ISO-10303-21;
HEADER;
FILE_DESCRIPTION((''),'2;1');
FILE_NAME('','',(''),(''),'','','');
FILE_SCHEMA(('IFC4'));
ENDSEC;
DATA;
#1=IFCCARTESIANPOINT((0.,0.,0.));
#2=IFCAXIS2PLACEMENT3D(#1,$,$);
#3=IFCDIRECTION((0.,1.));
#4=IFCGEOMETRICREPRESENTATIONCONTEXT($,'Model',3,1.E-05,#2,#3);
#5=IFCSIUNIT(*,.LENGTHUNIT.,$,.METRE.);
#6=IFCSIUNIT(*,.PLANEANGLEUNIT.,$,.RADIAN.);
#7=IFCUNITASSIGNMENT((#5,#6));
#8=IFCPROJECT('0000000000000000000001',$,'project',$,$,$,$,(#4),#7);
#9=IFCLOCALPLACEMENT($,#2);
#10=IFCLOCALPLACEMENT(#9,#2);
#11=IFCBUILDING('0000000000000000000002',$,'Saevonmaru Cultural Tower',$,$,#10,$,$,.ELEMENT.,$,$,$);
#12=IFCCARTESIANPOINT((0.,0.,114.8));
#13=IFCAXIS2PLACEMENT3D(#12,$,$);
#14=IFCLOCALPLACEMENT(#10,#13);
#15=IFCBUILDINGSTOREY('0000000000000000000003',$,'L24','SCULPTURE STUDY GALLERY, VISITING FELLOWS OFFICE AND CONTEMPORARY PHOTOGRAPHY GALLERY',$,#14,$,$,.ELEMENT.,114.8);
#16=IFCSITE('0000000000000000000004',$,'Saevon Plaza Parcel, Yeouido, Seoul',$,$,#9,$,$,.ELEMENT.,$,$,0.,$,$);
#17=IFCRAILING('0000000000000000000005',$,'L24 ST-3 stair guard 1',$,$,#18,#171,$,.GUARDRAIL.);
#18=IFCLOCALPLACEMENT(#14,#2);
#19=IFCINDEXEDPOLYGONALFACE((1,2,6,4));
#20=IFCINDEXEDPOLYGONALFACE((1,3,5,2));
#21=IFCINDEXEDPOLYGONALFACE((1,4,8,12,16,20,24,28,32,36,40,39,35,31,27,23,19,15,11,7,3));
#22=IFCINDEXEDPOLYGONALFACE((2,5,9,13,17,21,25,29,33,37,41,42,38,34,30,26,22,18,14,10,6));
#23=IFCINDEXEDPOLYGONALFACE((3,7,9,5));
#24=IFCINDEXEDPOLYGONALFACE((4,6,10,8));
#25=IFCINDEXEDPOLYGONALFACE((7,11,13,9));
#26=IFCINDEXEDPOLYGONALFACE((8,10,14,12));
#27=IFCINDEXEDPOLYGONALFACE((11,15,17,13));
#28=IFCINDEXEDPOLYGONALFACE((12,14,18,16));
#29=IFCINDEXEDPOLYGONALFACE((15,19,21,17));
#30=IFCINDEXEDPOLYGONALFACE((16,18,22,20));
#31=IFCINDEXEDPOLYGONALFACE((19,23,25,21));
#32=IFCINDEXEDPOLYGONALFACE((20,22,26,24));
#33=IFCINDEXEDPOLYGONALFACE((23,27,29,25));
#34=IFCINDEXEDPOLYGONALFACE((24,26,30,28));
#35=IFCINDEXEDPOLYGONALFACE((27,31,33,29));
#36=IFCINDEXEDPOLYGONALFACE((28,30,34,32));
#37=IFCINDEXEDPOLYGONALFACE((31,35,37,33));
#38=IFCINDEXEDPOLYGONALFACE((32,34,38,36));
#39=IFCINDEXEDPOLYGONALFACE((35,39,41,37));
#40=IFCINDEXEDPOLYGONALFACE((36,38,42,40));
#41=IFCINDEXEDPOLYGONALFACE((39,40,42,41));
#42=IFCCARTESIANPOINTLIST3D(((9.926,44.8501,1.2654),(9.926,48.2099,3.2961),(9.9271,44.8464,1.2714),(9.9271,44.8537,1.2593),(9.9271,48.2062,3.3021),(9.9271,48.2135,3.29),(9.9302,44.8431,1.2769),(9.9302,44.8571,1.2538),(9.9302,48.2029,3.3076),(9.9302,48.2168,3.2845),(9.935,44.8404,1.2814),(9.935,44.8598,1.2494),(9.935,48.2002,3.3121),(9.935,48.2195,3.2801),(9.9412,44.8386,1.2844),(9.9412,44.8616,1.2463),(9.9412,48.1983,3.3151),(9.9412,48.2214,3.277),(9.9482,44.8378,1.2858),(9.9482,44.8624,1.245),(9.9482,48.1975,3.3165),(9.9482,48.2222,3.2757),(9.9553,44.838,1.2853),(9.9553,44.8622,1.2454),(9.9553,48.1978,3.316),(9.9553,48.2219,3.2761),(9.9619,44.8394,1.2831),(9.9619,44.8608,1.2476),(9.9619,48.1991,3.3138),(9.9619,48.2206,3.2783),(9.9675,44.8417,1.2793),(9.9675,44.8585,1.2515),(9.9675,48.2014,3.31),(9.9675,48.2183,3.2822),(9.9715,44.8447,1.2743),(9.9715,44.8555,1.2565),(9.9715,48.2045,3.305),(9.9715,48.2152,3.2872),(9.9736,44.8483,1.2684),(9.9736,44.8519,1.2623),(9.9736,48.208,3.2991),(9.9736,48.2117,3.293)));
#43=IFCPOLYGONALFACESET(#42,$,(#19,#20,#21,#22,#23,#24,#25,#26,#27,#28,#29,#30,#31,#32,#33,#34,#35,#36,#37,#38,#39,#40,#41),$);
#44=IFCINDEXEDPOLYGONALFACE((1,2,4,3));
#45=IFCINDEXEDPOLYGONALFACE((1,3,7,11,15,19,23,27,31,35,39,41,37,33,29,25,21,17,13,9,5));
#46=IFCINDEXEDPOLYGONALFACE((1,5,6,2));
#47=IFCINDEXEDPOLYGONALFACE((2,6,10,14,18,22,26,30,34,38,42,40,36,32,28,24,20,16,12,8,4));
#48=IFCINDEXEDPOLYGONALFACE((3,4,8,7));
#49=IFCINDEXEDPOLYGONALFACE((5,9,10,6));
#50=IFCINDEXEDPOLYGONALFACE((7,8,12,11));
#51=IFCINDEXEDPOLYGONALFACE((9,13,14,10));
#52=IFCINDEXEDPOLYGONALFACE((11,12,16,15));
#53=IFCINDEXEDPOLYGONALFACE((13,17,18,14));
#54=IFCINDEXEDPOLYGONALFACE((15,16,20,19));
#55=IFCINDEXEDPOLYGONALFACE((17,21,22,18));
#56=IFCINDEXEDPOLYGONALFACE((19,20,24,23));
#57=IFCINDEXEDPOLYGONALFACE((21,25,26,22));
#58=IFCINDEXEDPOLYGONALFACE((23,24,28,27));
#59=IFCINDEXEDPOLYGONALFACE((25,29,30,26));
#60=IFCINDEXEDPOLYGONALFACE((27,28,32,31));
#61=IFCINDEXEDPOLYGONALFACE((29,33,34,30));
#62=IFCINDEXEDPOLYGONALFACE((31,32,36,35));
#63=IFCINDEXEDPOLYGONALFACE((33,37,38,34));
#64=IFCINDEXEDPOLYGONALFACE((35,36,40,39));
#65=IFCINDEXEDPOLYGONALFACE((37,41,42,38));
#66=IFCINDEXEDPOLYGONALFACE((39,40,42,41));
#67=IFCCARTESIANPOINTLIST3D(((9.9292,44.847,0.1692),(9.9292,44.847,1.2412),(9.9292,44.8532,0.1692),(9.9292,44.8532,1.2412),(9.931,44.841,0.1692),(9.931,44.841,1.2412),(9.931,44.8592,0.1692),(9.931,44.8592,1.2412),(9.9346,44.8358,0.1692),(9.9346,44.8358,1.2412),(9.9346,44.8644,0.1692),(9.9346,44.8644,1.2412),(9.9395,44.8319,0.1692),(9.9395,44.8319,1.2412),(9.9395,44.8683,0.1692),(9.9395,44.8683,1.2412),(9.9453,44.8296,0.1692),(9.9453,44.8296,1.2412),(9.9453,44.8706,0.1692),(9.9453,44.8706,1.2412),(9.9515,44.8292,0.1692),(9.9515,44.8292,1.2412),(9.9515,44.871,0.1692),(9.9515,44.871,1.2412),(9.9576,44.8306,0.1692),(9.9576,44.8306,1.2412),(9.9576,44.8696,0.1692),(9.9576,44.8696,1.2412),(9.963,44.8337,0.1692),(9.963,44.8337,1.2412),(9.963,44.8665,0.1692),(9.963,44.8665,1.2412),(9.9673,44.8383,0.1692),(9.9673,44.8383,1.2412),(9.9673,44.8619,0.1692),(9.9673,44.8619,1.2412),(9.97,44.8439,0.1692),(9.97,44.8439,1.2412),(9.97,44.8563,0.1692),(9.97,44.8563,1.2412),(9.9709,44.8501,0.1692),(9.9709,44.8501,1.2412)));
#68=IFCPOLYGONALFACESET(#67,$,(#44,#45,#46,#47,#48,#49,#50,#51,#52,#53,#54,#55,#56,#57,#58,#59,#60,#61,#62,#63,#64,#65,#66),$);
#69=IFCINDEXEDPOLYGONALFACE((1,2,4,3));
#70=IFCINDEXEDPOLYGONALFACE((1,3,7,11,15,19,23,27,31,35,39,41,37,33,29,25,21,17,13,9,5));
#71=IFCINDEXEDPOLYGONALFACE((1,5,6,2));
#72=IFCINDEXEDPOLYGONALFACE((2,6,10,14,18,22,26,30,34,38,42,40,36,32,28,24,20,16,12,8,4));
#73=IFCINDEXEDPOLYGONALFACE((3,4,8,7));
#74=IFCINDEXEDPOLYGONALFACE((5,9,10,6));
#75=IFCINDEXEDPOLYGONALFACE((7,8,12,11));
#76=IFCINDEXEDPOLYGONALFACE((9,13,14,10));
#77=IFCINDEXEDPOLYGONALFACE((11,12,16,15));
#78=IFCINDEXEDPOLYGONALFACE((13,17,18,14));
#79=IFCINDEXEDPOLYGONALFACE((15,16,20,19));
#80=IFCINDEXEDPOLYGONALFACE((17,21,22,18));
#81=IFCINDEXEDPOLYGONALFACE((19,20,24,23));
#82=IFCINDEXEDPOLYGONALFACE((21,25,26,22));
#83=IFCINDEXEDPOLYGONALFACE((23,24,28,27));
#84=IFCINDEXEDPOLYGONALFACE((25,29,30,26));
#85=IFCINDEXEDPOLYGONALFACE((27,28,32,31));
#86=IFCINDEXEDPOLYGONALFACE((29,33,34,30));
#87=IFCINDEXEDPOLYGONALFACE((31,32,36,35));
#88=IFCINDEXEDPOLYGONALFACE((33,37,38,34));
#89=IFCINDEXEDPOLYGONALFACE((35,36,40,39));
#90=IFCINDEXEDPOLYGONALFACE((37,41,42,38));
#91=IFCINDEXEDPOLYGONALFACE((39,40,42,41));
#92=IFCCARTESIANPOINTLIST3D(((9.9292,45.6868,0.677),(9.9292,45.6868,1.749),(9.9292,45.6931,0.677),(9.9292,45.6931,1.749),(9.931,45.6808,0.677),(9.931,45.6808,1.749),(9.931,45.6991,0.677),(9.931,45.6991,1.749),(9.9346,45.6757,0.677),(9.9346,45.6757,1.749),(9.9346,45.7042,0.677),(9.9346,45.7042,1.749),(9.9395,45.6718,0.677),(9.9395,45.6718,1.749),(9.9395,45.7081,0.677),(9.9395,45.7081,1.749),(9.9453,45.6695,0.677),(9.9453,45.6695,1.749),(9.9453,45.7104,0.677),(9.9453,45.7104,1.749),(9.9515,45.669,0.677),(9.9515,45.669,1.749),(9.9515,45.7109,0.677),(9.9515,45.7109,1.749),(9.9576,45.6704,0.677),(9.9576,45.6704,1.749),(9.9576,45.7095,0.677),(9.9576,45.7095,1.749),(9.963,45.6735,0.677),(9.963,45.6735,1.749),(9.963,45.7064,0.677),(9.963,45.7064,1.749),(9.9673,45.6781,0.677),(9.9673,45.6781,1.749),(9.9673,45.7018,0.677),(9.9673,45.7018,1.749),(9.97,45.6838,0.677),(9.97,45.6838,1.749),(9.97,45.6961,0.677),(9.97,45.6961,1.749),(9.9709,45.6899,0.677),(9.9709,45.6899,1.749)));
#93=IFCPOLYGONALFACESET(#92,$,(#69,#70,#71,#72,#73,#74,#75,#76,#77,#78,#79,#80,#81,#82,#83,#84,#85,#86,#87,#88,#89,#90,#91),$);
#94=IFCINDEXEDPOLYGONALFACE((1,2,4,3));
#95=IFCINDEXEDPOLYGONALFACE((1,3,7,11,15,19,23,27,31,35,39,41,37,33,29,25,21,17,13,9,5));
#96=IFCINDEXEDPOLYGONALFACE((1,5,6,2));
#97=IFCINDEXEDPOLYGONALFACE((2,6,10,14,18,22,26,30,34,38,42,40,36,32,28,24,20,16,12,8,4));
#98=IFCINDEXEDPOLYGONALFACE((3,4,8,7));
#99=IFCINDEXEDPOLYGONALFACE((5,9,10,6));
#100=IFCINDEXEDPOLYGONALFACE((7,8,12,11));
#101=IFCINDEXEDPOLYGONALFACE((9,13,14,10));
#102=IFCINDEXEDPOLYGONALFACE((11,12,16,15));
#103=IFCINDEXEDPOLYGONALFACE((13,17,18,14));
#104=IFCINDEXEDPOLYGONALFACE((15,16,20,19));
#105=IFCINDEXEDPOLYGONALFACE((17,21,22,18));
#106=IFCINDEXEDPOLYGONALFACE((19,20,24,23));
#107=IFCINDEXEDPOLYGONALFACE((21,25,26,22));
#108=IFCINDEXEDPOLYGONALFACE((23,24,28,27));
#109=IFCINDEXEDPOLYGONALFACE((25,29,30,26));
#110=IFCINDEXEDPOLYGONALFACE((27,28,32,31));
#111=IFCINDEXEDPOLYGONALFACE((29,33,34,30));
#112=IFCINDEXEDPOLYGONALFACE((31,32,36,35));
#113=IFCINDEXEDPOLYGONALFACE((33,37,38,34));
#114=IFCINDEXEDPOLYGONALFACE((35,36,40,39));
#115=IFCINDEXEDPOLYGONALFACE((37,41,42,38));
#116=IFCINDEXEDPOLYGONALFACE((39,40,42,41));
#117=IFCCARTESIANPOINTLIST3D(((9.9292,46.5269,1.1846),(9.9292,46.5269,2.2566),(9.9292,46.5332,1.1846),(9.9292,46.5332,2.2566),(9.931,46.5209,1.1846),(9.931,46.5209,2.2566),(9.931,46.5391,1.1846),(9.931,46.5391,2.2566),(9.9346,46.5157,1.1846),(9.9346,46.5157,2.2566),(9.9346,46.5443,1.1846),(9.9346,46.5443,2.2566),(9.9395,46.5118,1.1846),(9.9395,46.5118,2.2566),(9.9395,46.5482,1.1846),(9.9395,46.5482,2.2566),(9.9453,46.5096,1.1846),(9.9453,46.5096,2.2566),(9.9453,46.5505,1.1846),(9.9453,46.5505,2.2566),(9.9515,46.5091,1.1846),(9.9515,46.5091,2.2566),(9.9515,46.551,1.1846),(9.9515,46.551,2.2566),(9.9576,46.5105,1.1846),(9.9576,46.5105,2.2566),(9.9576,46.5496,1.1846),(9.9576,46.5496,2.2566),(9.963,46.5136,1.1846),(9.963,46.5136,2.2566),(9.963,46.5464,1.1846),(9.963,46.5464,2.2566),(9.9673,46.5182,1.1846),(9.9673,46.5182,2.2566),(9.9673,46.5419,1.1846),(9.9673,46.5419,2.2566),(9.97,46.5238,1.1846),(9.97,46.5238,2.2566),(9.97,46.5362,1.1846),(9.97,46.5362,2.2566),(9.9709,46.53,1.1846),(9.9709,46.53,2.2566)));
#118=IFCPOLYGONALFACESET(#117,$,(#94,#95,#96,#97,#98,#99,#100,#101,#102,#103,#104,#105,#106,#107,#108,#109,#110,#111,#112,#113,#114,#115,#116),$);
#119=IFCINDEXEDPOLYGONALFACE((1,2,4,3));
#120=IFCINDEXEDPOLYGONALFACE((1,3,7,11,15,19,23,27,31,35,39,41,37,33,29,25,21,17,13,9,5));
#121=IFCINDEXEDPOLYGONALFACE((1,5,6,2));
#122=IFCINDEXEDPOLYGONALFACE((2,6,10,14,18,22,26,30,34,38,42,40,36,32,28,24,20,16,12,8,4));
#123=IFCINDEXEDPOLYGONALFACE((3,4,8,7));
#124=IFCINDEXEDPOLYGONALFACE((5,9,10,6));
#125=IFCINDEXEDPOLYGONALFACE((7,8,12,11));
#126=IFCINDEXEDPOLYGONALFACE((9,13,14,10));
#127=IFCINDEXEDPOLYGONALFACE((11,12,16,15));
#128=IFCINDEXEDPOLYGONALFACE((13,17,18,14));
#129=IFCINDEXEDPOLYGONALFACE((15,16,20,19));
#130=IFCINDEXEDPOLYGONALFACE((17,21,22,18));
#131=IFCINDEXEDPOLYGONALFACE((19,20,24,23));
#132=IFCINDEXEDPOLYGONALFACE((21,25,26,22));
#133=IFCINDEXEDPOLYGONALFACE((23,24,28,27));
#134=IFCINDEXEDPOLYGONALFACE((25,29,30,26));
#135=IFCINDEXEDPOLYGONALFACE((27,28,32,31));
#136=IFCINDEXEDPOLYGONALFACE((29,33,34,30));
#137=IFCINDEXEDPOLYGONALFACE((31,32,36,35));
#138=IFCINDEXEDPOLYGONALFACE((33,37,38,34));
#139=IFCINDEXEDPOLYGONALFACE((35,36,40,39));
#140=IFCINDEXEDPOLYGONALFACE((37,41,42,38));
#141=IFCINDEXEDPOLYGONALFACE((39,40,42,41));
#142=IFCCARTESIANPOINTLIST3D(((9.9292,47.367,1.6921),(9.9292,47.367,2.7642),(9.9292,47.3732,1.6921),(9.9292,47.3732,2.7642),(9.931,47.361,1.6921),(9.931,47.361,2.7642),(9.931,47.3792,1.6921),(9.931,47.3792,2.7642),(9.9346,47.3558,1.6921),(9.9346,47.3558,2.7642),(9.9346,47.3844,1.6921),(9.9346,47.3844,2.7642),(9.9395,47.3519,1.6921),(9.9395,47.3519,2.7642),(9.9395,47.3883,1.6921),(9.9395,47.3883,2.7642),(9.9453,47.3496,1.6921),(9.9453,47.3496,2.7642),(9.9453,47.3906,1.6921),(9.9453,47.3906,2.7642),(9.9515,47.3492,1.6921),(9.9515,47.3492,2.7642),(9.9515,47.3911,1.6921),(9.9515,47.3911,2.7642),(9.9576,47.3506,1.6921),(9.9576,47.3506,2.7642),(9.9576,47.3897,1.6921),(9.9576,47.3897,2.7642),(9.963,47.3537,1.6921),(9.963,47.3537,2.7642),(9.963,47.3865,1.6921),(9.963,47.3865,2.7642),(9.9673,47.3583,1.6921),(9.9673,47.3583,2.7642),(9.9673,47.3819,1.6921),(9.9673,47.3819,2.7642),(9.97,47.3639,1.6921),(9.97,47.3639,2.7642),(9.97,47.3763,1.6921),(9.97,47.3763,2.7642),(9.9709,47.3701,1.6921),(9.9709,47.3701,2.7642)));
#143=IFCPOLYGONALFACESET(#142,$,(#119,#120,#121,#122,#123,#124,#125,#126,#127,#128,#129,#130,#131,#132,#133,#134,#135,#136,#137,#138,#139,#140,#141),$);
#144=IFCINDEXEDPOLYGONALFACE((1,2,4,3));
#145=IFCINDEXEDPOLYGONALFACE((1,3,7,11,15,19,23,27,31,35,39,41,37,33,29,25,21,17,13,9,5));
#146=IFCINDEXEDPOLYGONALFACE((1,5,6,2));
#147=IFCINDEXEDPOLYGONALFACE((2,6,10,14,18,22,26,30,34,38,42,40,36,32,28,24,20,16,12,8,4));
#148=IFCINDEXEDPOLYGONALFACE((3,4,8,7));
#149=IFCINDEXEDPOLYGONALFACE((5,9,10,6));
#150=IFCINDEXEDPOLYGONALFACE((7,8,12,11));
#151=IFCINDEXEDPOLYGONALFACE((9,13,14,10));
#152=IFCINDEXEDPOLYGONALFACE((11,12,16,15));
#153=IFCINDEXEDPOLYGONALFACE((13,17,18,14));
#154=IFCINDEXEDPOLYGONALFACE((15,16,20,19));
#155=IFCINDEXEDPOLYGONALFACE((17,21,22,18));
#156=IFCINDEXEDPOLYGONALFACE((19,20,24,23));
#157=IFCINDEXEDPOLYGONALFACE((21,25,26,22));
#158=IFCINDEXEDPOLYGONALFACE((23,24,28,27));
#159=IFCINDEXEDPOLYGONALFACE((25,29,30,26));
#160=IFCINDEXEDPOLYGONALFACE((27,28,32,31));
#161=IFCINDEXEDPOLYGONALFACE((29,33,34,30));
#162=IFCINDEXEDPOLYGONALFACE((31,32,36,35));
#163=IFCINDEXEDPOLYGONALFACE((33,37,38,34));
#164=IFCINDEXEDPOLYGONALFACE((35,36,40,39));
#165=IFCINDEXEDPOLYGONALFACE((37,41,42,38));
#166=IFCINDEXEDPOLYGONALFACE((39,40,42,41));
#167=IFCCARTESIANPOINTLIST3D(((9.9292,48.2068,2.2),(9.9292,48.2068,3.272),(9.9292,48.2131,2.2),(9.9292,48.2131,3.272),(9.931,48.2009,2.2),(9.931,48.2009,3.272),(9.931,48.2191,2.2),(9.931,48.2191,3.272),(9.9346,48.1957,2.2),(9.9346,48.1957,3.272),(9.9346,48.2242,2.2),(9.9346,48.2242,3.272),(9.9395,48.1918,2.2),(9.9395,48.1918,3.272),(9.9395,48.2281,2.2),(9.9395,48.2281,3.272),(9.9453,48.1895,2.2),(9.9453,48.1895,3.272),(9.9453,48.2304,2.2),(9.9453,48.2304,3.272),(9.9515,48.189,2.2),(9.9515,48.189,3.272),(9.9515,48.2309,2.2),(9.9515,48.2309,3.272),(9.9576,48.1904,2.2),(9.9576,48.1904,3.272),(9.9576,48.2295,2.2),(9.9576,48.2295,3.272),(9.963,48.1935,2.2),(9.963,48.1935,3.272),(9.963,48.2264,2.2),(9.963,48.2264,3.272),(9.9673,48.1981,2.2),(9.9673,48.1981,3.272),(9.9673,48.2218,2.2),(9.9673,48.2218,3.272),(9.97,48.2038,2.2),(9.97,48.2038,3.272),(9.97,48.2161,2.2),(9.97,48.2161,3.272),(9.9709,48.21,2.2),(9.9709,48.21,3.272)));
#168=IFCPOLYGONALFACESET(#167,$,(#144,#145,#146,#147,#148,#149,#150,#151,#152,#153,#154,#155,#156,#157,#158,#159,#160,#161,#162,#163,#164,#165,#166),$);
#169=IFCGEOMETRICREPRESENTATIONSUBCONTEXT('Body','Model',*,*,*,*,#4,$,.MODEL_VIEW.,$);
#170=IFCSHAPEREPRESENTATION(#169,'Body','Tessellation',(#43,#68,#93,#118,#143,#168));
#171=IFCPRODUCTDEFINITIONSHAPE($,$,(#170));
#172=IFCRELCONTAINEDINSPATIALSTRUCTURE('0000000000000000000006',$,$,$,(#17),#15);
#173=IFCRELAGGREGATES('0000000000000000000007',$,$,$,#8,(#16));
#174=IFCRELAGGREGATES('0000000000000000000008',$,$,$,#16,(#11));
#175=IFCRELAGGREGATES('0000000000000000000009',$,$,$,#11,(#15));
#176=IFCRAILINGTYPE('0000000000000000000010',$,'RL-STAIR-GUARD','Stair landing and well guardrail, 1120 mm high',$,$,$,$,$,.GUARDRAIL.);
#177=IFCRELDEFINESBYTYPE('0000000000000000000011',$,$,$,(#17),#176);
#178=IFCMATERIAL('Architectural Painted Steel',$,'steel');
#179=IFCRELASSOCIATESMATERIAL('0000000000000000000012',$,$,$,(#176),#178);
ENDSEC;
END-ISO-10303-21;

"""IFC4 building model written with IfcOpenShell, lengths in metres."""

from ifc_helpers import new_model, si_unit, direction, frame, origin, origin_2d, place, context, subcontext, project, spatial, circle, extrude, material, type_object, element, save


model = new_model("IFC4")

# Units and contexts
model_context = context("Model", 3, precision=1e-05, world=origin(), true_north=direction((0.0, 1.0)))
body_context = subcontext(model_context, "Body", "Model", "MODEL_VIEW")
ifc_project = project(units=[si_unit("LENGTHUNIT", "METRE"), si_unit("PLANEANGLEUNIT", "RADIAN")], contexts=[model_context])

# Site, building, storey
site_placement = place(None, origin())
site = spatial("IfcSite", under=ifc_project, at=site_placement, Name="Saevon Plaza Parcel, Yeouido, Seoul", CompositionType="ELEMENT", RefElevation=0.0)
building_placement = place(site_placement, origin())
building = spatial("IfcBuilding", under=site, at=building_placement, Name="Saevonmaru Cultural Tower", CompositionType="ELEMENT")
storey_placement = place(building_placement, frame((0.0, 0.0, 114.8)))
storey = spatial("IfcBuildingStorey", under=building, at=storey_placement, Name="L24", Description="SCULPTURE STUDY GALLERY, VISITING FELLOWS OFFICE AND CONTEMPORARY PHOTOGRAPHY GALLERY", CompositionType="ELEMENT", Elevation=114.8)

# Railing
ifc_material_1 = material(Name="Architectural Painted Steel", Category="steel")
railing_type_1 = type_object("IfcRailingType", Name="RL-STAIR-GUARD", Description="Stair landing and well guardrail, 1120 mm high", PredefinedType="GUARDRAIL", material=ifc_material_1)
railing_1_placement = place(storey_placement, frame((9.95, 44.8501, 0.1692)))
element("IfcRailing", 1, at=railing_1_placement, inside=storey, type_object=railing_type_1, Name="L24 ST-3 stair guard 1", PredefinedType="GUARDRAIL", context=body_context, shape_type="SweptSolid", body=[
    extrude(circle(Radius=0.0239, at=origin_2d()), frame((0.0, 0.0, 1.0962), z_axis=(0.0, 0.85582, 0.517273), x_axis=(-1.0, 0.0, 0.0)), (0.0, 0.0, 1.0), 3.9258),
    extrude(circle(Radius=0.021, at=origin_2d()), origin(), (0.0, 0.0, 1.0), 1.072),
    extrude(circle(Radius=0.021, at=origin_2d()), frame((0.0, 0.8398, 0.5078)), (0.0, 0.0, 1.0), 1.072),
    extrude(circle(Radius=0.021, at=origin_2d()), frame((0.0, 1.6799, 1.0154)), (0.0, 0.0, 1.0), 1.072),
    extrude(circle(Radius=0.021, at=origin_2d()), frame((0.0, 2.52, 1.5229)), (0.0, 0.0, 1.0), 1.072),
    extrude(circle(Radius=0.021, at=origin_2d()), frame((0.0, 3.3599, 2.0308)), (0.0, 0.0, 1.0), 1.072),
])

save(model, "model.ifc")
